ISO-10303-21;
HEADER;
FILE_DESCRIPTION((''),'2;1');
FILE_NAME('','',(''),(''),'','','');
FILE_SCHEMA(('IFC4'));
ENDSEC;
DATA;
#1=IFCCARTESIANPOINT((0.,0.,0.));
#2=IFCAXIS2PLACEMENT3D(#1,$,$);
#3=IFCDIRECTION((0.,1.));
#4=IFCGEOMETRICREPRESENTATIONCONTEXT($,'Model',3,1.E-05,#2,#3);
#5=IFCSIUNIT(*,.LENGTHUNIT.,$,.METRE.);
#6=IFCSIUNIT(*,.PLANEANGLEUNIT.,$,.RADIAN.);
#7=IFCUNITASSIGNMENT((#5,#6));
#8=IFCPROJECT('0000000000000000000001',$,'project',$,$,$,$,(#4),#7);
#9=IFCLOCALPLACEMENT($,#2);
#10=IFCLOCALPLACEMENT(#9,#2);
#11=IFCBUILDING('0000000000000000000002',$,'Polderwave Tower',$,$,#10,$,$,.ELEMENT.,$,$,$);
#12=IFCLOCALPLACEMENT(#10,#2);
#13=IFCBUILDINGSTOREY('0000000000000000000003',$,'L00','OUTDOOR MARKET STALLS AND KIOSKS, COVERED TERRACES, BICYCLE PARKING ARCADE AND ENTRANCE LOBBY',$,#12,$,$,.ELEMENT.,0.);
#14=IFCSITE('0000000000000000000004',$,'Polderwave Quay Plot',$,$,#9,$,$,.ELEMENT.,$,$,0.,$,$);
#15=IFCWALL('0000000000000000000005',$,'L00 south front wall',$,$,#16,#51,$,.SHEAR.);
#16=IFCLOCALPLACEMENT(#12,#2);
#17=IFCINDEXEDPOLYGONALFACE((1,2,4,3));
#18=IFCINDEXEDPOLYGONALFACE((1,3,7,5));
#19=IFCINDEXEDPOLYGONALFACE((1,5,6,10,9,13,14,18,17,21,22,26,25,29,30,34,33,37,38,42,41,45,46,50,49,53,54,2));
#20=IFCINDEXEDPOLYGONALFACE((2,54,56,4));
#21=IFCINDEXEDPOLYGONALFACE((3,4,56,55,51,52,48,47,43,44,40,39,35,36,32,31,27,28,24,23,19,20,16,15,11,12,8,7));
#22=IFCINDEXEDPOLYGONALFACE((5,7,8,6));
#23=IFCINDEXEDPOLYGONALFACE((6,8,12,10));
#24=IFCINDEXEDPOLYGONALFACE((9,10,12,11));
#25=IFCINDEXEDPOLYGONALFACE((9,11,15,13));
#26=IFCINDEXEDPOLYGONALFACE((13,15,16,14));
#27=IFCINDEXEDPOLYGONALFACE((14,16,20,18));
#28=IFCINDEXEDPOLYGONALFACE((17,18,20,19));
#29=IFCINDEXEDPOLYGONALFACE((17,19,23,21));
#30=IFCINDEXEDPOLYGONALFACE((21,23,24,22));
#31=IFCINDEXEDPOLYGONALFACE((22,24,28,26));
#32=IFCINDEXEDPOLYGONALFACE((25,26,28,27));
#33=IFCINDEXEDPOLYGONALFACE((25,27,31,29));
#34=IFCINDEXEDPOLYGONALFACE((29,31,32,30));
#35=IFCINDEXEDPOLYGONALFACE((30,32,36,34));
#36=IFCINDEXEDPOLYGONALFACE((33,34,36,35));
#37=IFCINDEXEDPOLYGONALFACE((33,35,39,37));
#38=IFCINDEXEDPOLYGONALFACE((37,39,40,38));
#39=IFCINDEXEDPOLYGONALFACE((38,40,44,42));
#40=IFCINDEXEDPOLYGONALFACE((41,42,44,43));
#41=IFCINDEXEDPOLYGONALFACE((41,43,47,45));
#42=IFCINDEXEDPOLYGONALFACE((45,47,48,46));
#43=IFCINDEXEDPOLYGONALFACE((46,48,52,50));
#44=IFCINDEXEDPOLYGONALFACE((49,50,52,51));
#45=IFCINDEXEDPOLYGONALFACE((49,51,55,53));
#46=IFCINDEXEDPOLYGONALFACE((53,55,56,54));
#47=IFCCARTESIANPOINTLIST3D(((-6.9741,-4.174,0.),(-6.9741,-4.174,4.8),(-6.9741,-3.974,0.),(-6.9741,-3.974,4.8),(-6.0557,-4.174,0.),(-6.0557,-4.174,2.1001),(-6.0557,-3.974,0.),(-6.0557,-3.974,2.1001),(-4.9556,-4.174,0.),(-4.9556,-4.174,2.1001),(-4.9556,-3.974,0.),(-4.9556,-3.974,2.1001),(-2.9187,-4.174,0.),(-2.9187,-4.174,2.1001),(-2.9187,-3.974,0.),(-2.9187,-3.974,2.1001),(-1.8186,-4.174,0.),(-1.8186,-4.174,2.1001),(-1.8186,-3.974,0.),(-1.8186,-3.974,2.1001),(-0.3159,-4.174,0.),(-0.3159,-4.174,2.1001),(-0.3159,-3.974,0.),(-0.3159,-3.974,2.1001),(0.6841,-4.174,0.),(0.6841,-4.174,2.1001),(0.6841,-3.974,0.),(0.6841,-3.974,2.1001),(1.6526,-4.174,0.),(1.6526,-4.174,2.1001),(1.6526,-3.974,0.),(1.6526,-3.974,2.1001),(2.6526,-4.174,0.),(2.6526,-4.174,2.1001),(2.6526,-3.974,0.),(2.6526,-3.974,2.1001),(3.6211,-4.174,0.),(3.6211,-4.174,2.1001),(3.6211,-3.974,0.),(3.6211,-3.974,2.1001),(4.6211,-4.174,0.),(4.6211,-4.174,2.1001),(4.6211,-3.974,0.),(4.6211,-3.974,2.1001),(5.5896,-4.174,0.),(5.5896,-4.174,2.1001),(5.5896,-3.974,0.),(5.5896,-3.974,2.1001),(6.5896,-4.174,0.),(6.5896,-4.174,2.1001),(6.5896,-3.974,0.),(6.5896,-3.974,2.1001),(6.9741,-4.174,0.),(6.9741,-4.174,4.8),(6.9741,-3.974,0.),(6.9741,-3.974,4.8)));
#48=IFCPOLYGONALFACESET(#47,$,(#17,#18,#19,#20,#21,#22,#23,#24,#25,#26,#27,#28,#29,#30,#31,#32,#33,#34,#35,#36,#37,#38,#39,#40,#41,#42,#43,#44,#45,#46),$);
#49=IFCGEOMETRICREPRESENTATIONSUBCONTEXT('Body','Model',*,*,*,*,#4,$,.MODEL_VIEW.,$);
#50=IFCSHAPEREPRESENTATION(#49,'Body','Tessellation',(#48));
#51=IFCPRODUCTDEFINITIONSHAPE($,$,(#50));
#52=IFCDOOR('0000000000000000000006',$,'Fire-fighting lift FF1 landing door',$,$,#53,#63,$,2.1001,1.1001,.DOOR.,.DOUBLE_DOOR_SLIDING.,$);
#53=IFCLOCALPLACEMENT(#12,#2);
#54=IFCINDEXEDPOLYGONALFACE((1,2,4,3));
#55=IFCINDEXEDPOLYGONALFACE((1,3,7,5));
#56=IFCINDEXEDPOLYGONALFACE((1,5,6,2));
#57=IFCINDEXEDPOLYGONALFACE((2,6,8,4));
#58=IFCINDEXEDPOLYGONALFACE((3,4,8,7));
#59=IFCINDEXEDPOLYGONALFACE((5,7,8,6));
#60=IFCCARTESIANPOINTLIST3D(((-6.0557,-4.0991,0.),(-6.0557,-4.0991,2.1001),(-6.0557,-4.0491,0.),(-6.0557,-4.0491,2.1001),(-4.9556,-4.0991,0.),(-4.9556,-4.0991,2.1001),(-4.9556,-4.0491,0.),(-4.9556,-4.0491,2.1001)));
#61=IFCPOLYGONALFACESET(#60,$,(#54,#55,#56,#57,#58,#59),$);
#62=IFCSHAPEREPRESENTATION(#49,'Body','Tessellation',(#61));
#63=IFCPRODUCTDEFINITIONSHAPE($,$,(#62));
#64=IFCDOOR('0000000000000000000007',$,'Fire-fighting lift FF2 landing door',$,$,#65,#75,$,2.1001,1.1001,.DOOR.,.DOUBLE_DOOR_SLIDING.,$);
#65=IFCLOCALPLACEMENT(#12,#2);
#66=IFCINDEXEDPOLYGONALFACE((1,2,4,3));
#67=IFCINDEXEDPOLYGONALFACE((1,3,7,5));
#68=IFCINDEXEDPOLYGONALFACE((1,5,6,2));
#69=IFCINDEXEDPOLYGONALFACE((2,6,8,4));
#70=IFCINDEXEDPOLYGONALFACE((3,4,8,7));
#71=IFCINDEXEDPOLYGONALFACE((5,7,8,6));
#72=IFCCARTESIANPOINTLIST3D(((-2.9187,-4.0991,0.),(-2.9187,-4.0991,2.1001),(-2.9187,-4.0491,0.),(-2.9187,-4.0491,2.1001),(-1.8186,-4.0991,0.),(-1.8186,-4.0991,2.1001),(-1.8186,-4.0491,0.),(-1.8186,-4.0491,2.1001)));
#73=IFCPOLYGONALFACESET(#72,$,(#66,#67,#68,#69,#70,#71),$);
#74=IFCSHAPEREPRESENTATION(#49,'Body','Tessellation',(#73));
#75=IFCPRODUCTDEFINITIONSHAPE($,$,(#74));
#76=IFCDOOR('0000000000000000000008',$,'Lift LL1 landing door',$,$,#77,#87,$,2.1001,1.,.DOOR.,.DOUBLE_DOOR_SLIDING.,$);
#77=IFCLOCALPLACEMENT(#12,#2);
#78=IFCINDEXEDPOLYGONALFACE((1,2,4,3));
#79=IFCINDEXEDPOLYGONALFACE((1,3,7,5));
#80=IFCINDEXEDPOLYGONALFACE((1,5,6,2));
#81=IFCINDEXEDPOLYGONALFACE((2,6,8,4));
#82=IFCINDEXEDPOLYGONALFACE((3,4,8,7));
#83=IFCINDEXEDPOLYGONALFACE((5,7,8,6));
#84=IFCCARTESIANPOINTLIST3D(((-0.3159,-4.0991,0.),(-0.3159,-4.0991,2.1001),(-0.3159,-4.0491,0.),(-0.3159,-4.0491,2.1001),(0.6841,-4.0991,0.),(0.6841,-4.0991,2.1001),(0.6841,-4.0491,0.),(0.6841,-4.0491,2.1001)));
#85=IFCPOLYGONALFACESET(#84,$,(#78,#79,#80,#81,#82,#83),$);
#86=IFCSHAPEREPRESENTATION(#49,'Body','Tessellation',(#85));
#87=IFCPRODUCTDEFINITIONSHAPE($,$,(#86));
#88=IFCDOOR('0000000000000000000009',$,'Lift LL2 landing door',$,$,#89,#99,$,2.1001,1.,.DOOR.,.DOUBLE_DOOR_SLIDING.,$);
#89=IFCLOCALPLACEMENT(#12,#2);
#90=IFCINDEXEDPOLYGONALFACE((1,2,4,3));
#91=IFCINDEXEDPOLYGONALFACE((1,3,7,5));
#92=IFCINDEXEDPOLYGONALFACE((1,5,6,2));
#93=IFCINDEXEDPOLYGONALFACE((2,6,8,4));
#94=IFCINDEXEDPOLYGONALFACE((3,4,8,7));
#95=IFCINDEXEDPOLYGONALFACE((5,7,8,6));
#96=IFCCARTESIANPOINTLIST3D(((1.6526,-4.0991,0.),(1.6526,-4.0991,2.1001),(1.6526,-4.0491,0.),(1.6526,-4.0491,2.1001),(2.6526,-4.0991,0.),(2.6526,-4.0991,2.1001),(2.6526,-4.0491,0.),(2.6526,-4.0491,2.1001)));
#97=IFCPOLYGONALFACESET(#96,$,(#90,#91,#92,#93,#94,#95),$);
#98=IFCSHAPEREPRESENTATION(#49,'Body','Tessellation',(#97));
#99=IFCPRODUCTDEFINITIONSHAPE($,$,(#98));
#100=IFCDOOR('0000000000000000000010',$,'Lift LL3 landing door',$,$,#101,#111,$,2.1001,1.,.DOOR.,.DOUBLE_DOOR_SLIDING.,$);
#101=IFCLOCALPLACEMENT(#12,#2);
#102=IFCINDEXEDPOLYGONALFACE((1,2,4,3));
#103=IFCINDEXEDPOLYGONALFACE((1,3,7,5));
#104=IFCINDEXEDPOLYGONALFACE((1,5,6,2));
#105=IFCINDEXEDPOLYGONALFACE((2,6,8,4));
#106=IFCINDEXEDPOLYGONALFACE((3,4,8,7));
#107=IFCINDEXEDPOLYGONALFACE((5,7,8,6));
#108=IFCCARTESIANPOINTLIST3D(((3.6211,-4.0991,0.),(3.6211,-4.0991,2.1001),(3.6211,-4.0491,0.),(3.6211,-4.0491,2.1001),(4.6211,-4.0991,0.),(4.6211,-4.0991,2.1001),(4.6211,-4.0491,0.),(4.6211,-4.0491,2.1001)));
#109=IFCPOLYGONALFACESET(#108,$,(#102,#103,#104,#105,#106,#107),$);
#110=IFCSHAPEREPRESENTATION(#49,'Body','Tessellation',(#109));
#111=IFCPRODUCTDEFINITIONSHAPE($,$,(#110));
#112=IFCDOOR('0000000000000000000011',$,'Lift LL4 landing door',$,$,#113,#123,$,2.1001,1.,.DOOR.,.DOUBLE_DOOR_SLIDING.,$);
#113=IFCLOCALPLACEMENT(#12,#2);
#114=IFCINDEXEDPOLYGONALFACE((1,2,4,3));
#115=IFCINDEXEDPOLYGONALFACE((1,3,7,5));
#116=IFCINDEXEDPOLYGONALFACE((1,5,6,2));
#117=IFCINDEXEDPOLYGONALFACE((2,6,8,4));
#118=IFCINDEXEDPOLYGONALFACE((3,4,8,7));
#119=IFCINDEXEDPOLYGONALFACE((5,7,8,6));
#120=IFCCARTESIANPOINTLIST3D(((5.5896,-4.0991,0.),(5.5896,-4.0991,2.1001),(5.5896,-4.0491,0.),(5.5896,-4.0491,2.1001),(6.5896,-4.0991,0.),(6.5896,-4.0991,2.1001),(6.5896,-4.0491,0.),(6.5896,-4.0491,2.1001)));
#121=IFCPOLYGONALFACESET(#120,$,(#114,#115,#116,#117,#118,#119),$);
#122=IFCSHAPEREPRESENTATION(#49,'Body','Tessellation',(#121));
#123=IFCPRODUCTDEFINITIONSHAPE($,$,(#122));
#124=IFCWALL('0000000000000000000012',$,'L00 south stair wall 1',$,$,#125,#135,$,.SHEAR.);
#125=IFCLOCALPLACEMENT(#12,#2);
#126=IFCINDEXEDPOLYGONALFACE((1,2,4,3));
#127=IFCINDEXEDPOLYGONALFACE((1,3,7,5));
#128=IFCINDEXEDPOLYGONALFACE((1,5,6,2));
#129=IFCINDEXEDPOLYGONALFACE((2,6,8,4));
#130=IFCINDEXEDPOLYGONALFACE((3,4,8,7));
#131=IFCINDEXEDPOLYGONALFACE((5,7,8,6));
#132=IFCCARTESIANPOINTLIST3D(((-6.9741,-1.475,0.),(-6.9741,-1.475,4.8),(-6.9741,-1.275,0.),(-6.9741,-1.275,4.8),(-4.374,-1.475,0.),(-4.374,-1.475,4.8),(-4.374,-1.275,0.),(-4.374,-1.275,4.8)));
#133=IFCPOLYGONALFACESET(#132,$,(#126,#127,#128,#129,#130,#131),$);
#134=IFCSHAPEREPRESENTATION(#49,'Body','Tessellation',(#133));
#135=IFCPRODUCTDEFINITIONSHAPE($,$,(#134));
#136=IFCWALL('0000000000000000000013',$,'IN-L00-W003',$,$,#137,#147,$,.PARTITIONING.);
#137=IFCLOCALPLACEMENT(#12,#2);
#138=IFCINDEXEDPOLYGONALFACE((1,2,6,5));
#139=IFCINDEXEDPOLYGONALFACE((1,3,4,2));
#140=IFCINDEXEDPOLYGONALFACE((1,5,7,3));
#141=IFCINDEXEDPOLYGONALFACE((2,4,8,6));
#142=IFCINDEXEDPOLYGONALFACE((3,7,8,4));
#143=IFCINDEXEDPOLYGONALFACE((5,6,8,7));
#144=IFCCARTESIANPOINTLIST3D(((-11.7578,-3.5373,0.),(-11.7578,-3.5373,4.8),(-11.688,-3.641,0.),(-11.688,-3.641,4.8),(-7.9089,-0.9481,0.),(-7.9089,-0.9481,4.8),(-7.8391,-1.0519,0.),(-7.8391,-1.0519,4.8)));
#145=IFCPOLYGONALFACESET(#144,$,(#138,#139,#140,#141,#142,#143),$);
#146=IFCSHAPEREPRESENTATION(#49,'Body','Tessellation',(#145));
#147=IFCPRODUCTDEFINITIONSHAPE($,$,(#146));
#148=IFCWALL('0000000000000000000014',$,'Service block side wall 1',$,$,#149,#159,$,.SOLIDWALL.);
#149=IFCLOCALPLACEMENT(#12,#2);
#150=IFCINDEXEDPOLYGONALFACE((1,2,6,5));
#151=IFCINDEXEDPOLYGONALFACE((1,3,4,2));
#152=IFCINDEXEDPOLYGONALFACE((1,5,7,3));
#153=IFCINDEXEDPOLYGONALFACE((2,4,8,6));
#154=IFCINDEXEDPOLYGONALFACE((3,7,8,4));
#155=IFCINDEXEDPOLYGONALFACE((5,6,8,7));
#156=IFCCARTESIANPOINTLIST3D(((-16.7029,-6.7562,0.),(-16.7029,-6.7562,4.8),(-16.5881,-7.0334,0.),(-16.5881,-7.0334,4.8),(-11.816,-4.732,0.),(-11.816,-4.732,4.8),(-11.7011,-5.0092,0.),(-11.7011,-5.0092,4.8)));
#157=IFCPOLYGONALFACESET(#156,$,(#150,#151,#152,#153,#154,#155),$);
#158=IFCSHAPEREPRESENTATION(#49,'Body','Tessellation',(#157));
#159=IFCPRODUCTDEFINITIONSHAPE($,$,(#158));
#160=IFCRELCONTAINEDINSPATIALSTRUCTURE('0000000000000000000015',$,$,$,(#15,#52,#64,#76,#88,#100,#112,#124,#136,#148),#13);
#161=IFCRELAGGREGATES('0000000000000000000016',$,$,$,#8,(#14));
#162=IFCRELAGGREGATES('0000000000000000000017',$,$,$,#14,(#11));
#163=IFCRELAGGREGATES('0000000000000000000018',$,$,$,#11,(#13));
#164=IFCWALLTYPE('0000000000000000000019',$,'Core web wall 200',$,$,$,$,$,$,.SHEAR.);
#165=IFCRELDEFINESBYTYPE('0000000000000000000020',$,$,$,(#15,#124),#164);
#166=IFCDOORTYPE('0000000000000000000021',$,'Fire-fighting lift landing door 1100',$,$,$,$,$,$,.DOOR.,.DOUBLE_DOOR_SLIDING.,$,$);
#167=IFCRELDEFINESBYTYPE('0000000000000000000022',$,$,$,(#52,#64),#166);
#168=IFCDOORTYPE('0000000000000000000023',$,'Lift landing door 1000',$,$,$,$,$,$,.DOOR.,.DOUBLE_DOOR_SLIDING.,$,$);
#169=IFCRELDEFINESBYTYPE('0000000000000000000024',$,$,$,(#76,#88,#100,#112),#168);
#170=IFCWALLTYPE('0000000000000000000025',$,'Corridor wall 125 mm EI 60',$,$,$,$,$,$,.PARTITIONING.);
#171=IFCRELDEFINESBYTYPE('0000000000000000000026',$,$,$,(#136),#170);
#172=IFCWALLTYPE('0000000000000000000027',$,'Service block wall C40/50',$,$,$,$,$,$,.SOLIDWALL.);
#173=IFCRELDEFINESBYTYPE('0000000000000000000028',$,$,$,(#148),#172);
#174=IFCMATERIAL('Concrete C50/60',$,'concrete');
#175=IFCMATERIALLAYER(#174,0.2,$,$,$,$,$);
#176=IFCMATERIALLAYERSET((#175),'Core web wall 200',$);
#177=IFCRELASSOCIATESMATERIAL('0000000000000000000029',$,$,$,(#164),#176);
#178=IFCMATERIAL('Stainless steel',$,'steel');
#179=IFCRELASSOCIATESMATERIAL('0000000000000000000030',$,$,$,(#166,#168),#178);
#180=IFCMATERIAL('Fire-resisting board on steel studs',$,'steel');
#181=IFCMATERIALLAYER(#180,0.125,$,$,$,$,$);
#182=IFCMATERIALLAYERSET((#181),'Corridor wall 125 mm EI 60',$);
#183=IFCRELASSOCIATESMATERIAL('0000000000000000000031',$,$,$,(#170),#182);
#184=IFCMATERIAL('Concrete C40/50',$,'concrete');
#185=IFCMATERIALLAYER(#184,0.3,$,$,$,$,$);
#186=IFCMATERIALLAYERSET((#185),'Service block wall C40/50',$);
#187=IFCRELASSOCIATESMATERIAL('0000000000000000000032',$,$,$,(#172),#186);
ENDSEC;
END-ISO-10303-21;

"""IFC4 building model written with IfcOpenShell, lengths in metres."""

from ifc_helpers import new_model, si_unit, direction, frame, frame_2d, origin, place, context, subcontext, project, spatial, rectangle, extrude, material, layer, layer_set, type_object, element, fill, save


model = new_model("IFC4")

# Units and contexts
model_context = context("Model", 3, precision=1e-05, world=origin(), true_north=direction((0.0, 1.0)))
body_context = subcontext(model_context, "Body", "Model", "MODEL_VIEW")
ifc_project = project(units=[si_unit("LENGTHUNIT", "METRE"), si_unit("PLANEANGLEUNIT", "RADIAN")], contexts=[model_context])

# Site, building, storey
site_placement = place(None, origin())
site = spatial("IfcSite", under=ifc_project, at=site_placement, Name="Polderwave Quay Plot", CompositionType="ELEMENT", RefElevation=0.0)
building_placement = place(site_placement, origin())
building = spatial("IfcBuilding", under=site, at=building_placement, Name="Polderwave Tower", CompositionType="ELEMENT")
storey_placement = place(building_placement, origin())
storey = spatial("IfcBuildingStorey", under=building, at=storey_placement, Name="L00", Description="OUTDOOR MARKET STALLS AND KIOSKS, COVERED TERRACES, BICYCLE PARKING ARCADE AND ENTRANCE LOBBY", CompositionType="ELEMENT", Elevation=0.0)

# Wall, openings, doors
ifc_material_1 = material(Name="Concrete C50/60", Category="concrete")
ifc_layer_1 = layer(ifc_material_1, 0.2)
ifc_layer_set_1 = layer_set([ifc_layer_1], Name="Core web wall 200")
wall_type_1 = type_object("IfcWallType", Name="Core web wall 200", PredefinedType="SHEAR", material=ifc_layer_set_1)
wall_1_placement = place(storey_placement, frame((-6.9741, -4.074, 0.0), z_axis=(0.0, 0.0, 1.0), x_axis=(1.0, 0.0, 0.0)))
wall_1 = element("IfcWall", 1, at=wall_1_placement, inside=storey, type_object=wall_type_1, Name="L00 south front wall", PredefinedType="SHEAR", context=body_context, shape_type="SweptSolid", body=[
    extrude(rectangle(XDim=13.9482, YDim=0.2, at=frame_2d((6.9741, 0.0))), origin(), (0.0, 0.0, 1.0), 4.8),
])
opening_1_placement = place(wall_1_placement, frame((0.9185, 0.0, 0.0)))
opening_1 = element("IfcOpeningElement", 2, at=opening_1_placement, cuts=wall_1, PredefinedType="OPENING", context=body_context, shape_type="SweptSolid", body=[
    extrude(rectangle(XDim=1.1001, YDim=2.1001, at=frame_2d((0.55, 1.05))), frame((0.0, 0.1099, 0.0), z_axis=(0.0, -1.0, 0.0), x_axis=(1.0, 0.0, 0.0)), (0.0, 0.0, 1.0), 0.22),
])
opening_2_placement = place(wall_1_placement, frame((4.0554, 0.0, 0.0)))
opening_2 = element("IfcOpeningElement", 3, at=opening_2_placement, cuts=wall_1, PredefinedType="OPENING", context=body_context, shape_type="SweptSolid", body=[
    extrude(rectangle(XDim=1.1001, YDim=2.1001, at=frame_2d((0.55, 1.05))), frame((0.0, 0.1099, 0.0), z_axis=(0.0, -1.0, 0.0), x_axis=(1.0, 0.0, 0.0)), (0.0, 0.0, 1.0), 0.22),
])
opening_3_placement = place(wall_1_placement, frame((6.6582, 0.0, 0.0)))
opening_3 = element("IfcOpeningElement", 4, at=opening_3_placement, cuts=wall_1, PredefinedType="OPENING", context=body_context, shape_type="SweptSolid", body=[
    extrude(rectangle(XDim=1.0, YDim=2.1001, at=frame_2d((0.5, 1.05))), frame((0.0, 0.1099, 0.0), z_axis=(0.0, -1.0, 0.0), x_axis=(1.0, 0.0, 0.0)), (0.0, 0.0, 1.0), 0.22),
])
opening_4_placement = place(wall_1_placement, frame((8.6267, 0.0, 0.0)))
opening_4 = element("IfcOpeningElement", 5, at=opening_4_placement, cuts=wall_1, PredefinedType="OPENING", context=body_context, shape_type="SweptSolid", body=[
    extrude(rectangle(XDim=1.0, YDim=2.1001, at=frame_2d((0.5, 1.05))), frame((0.0, 0.1099, 0.0), z_axis=(0.0, -1.0, 0.0), x_axis=(1.0, 0.0, 0.0)), (0.0, 0.0, 1.0), 0.22),
])
opening_5_placement = place(wall_1_placement, frame((10.5952, 0.0, 0.0)))
opening_5 = element("IfcOpeningElement", 6, at=opening_5_placement, cuts=wall_1, PredefinedType="OPENING", context=body_context, shape_type="SweptSolid", body=[
    extrude(rectangle(XDim=1.0, YDim=2.1001, at=frame_2d((0.5, 1.05))), frame((0.0, 0.1099, 0.0), z_axis=(0.0, -1.0, 0.0), x_axis=(1.0, 0.0, 0.0)), (0.0, 0.0, 1.0), 0.22),
])
opening_6_placement = place(wall_1_placement, frame((12.5637, 0.0, 0.0)))
opening_6 = element("IfcOpeningElement", 7, at=opening_6_placement, cuts=wall_1, PredefinedType="OPENING", context=body_context, shape_type="SweptSolid", body=[
    extrude(rectangle(XDim=1.0, YDim=2.1001, at=frame_2d((0.5, 1.05))), frame((0.0, 0.1099, 0.0), z_axis=(0.0, -1.0, 0.0), x_axis=(1.0, 0.0, 0.0)), (0.0, 0.0, 1.0), 0.22),
])
ifc_material_2 = material(Name="Stainless steel", Category="steel")
door_type_1 = type_object("IfcDoorType", Name="Fire-fighting lift landing door 1100", OperationType="DOUBLE_DOOR_SLIDING", PredefinedType="DOOR", material=ifc_material_2)
door_1_placement = place(opening_1_placement, origin())
door_1 = element("IfcDoor", 8, at=door_1_placement, inside=storey, type_object=door_type_1, Name="Fire-fighting lift FF1 landing door", OperationType="DOUBLE_DOOR_SLIDING", OverallHeight=2.1001, OverallWidth=1.1001, PredefinedType="DOOR", context=body_context, shape_type="SweptSolid", body=[
    extrude(rectangle(XDim=1.1001, YDim=2.1001, at=frame_2d((0.55, 1.05))), frame((0.0, 0.0249, 0.0), z_axis=(0.0, -1.0, 0.0), x_axis=(1.0, 0.0, 0.0)), (0.0, 0.0, 1.0), 0.05),
])
fill(opening_1, door_1)
door_2_placement = place(opening_2_placement, origin())
door_2 = element("IfcDoor", 9, at=door_2_placement, inside=storey, type_object=door_type_1, Name="Fire-fighting lift FF2 landing door", OperationType="DOUBLE_DOOR_SLIDING", OverallHeight=2.1001, OverallWidth=1.1001, PredefinedType="DOOR", context=body_context, shape_type="SweptSolid", body=[
    extrude(rectangle(XDim=1.1001, YDim=2.1001, at=frame_2d((0.55, 1.05))), frame((0.0, 0.0249, 0.0), z_axis=(0.0, -1.0, 0.0), x_axis=(1.0, 0.0, 0.0)), (0.0, 0.0, 1.0), 0.05),
])
fill(opening_2, door_2)
door_type_2 = type_object("IfcDoorType", Name="Lift landing door 1000", OperationType="DOUBLE_DOOR_SLIDING", PredefinedType="DOOR", material=ifc_material_2)
door_3_placement = place(opening_3_placement, origin())
door_3 = element("IfcDoor", 10, at=door_3_placement, inside=storey, type_object=door_type_2, Name="Lift LL1 landing door", OperationType="DOUBLE_DOOR_SLIDING", OverallHeight=2.1001, OverallWidth=1.0, PredefinedType="DOOR", context=body_context, shape_type="SweptSolid", body=[
    extrude(rectangle(XDim=1.0, YDim=2.1001, at=frame_2d((0.5, 1.05))), frame((0.0, 0.0249, 0.0), z_axis=(0.0, -1.0, 0.0), x_axis=(1.0, 0.0, 0.0)), (0.0, 0.0, 1.0), 0.05),
])
fill(opening_3, door_3)
door_4_placement = place(opening_4_placement, origin())
door_4 = element("IfcDoor", 11, at=door_4_placement, inside=storey, type_object=door_type_2, Name="Lift LL2 landing door", OperationType="DOUBLE_DOOR_SLIDING", OverallHeight=2.1001, OverallWidth=1.0, PredefinedType="DOOR", context=body_context, shape_type="SweptSolid", body=[
    extrude(rectangle(XDim=1.0, YDim=2.1001, at=frame_2d((0.5, 1.05))), frame((0.0, 0.0249, 0.0), z_axis=(0.0, -1.0, 0.0), x_axis=(1.0, 0.0, 0.0)), (0.0, 0.0, 1.0), 0.05),
])
fill(opening_4, door_4)
door_5_placement = place(opening_5_placement, origin())
door_5 = element("IfcDoor", 12, at=door_5_placement, inside=storey, type_object=door_type_2, Name="Lift LL3 landing door", OperationType="DOUBLE_DOOR_SLIDING", OverallHeight=2.1001, OverallWidth=1.0, PredefinedType="DOOR", context=body_context, shape_type="SweptSolid", body=[
    extrude(rectangle(XDim=1.0, YDim=2.1001, at=frame_2d((0.5, 1.05))), frame((0.0, 0.0249, 0.0), z_axis=(0.0, -1.0, 0.0), x_axis=(1.0, 0.0, 0.0)), (0.0, 0.0, 1.0), 0.05),
])
fill(opening_5, door_5)
door_6_placement = place(opening_6_placement, origin())
door_6 = element("IfcDoor", 13, at=door_6_placement, inside=storey, type_object=door_type_2, Name="Lift LL4 landing door", OperationType="DOUBLE_DOOR_SLIDING", OverallHeight=2.1001, OverallWidth=1.0, PredefinedType="DOOR", context=body_context, shape_type="SweptSolid", body=[
    extrude(rectangle(XDim=1.0, YDim=2.1001, at=frame_2d((0.5, 1.05))), frame((0.0, 0.0249, 0.0), z_axis=(0.0, -1.0, 0.0), x_axis=(1.0, 0.0, 0.0)), (0.0, 0.0, 1.0), 0.05),
])
fill(opening_6, door_6)

# Walls
wall_2_placement = place(storey_placement, frame((-6.9741, -1.375, 0.0), z_axis=(0.0, 0.0, 1.0), x_axis=(1.0, 0.0, 0.0)))
element("IfcWall", 14, at=wall_2_placement, inside=storey, type_object=wall_type_1, Name="L00 south stair wall 1", PredefinedType="SHEAR", context=body_context, shape_type="SweptSolid", body=[
    extrude(rectangle(XDim=2.6001, YDim=0.2, at=frame_2d((1.3, 0.0))), origin(), (0.0, 0.0, 1.0), 4.8),
])
ifc_material_3 = material(Name="Fire-resisting board on steel studs", Category="steel")
ifc_layer_2 = layer(ifc_material_3, 0.125)
ifc_layer_set_2 = layer_set([ifc_layer_2], Name="Corridor wall 125 mm EI 60")
wall_type_2 = type_object("IfcWallType", Name="Corridor wall 125 mm EI 60", PredefinedType="PARTITIONING", material=ifc_layer_set_2)
wall_3_placement = place(storey_placement, frame((-11.7229, -3.5891, 0.0), z_axis=(0.0, 0.0, 1.0), x_axis=(0.829735, 0.558157, 0.0)))
element("IfcWall", 15, at=wall_3_placement, inside=storey, type_object=wall_type_2, Name="IN-L00-W003", PredefinedType="PARTITIONING", context=body_context, shape_type="SweptSolid", body=[
    extrude(rectangle(XDim=4.6387, YDim=0.125, at=frame_2d((2.3193, 0.0))), origin(), (0.0, 0.0, 1.0), 4.8),
])

# Wall
ifc_material_4 = material(Name="Concrete C40/50", Category="concrete")
ifc_layer_3 = layer(ifc_material_4, 0.3)
ifc_layer_set_3 = layer_set([ifc_layer_3], Name="Service block wall C40/50")
wall_type_3 = type_object("IfcWallType", Name="Service block wall C40/50", PredefinedType="SOLIDWALL", material=ifc_layer_set_3)
wall_4_placement = place(storey_placement, frame((-11.7585, -4.8706, 0.0), z_axis=(0.0, 0.0, 1.0), x_axis=(-0.923885, -0.382671, 0.0)))
element("IfcWall", 16, at=wall_4_placement, inside=storey, type_object=wall_type_3, Name="Service block side wall 1", PredefinedType="SOLIDWALL", context=body_context, shape_type="SweptSolid", body=[
    extrude(rectangle(XDim=5.2896, YDim=0.3, at=frame_2d((2.6448, 0.0))), origin(), (0.0, 0.0, 1.0), 4.8),
])

save(model, "model.ifc")
